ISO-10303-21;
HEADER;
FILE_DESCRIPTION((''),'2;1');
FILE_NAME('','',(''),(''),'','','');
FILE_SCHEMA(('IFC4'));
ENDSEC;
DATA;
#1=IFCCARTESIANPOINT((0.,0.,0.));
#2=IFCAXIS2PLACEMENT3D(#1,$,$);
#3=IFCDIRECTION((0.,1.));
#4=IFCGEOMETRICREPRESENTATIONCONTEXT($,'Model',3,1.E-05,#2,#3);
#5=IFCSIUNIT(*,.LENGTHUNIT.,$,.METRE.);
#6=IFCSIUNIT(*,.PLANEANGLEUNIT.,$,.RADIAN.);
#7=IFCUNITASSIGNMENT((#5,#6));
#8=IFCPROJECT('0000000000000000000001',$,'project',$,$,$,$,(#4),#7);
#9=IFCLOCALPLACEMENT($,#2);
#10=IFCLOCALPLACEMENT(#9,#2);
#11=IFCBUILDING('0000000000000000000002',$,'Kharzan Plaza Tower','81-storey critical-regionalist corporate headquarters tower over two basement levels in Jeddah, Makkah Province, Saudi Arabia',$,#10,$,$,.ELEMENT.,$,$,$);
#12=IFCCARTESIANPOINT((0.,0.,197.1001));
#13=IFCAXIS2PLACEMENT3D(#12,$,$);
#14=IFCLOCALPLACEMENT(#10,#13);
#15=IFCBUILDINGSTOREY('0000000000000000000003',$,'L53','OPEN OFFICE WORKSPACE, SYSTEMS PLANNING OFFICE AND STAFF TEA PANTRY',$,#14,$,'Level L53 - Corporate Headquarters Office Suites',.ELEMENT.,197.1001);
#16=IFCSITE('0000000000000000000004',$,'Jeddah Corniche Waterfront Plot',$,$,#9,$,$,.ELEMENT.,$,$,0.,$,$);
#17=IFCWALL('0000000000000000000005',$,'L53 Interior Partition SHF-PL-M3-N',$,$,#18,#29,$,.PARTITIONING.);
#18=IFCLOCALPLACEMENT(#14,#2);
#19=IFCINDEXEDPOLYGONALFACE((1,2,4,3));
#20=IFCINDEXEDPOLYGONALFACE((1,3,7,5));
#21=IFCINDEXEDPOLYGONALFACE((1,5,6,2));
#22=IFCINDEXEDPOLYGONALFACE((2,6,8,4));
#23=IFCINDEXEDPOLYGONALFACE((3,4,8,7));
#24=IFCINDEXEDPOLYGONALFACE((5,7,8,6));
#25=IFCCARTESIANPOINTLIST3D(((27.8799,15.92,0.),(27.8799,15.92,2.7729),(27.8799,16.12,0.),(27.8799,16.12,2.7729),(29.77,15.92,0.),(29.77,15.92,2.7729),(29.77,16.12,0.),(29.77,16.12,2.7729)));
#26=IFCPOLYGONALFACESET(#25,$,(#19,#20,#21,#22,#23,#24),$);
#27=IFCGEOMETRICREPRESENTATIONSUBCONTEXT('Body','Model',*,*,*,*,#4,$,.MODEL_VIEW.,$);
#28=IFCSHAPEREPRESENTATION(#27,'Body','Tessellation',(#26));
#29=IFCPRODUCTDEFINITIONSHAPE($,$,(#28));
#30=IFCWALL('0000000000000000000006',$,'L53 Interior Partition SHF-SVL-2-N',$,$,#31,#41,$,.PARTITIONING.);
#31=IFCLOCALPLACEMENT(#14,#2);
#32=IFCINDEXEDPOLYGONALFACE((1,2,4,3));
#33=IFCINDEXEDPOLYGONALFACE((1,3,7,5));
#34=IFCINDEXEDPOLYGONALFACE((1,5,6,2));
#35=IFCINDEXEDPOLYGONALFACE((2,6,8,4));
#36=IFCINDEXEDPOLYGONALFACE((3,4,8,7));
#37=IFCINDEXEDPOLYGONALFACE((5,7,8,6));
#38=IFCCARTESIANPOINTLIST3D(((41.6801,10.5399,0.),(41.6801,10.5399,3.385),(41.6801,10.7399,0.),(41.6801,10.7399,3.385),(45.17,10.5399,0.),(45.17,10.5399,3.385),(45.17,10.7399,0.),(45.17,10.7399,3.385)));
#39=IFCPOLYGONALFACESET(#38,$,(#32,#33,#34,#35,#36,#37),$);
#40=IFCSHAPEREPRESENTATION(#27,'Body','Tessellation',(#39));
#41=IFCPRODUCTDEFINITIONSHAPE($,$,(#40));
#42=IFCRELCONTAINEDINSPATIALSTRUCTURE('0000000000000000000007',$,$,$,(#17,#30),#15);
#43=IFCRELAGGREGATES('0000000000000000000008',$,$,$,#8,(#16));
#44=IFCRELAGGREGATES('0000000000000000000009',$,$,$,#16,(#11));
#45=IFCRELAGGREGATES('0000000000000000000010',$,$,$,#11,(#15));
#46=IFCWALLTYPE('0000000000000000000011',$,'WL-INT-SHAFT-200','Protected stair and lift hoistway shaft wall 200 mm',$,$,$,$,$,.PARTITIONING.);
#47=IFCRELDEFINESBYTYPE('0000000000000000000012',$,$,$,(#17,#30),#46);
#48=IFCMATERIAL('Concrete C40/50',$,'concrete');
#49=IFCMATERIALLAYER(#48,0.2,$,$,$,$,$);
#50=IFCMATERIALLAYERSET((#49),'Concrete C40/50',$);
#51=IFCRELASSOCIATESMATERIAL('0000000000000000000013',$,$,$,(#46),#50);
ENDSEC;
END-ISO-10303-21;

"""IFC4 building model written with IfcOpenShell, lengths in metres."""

from ifc_helpers import new_model, si_unit, direction, frame, frame_2d, origin, place, context, subcontext, project, spatial, rectangle, extrude, source, transform, mapped, material, layer, layer_set, type_object, element, save


model = new_model("IFC4")

# Units and contexts
model_context = context("Model", 3, precision=1e-05, world=origin(), true_north=direction((0.0, 1.0)))
body_context = subcontext(model_context, "Body", "Model", "MODEL_VIEW")
ifc_project = project(units=[si_unit("LENGTHUNIT", "METRE"), si_unit("PLANEANGLEUNIT", "RADIAN")], contexts=[model_context])

# Site, building, storey
site_placement = place(None, origin())
site = spatial("IfcSite", under=ifc_project, at=site_placement, Name="Jeddah Corniche Waterfront Plot", CompositionType="ELEMENT", RefElevation=0.0)
building_placement = place(site_placement, origin())
building = spatial("IfcBuilding", under=site, at=building_placement, Name="Kharzan Plaza Tower", Description="81-storey critical-regionalist corporate headquarters tower over two basement levels in Jeddah, Makkah Province, Saudi Arabia", CompositionType="ELEMENT")
storey_placement = place(building_placement, frame((0.0, 0.0, 197.1001)))
storey = spatial("IfcBuildingStorey", under=building, at=storey_placement, Name="L53", Description="OPEN OFFICE WORKSPACE, SYSTEMS PLANNING OFFICE AND STAFF TEA PANTRY", LongName="Level L53 - Corporate Headquarters Office Suites", CompositionType="ELEMENT", Elevation=197.1001)

# Shared definitions
ifc_material_1 = material(Name="Concrete C40/50", Category="concrete")

# Shared definitions
ifc_layer_1 = layer(ifc_material_1, 0.2)
ifc_layer_set_1 = layer_set([ifc_layer_1], Name="Concrete C40/50")
wall_type_1 = type_object("IfcWallType", Name="WL-INT-SHAFT-200", Description="Protected stair and lift hoistway shaft wall 200 mm", PredefinedType="PARTITIONING", material=ifc_layer_set_1)

# Walls
shared_shape_1 = source(origin(), body_context, "Body", "SweptSolid", [
    extrude(rectangle(XDim=1.8901, YDim=0.2, at=frame_2d((0.9451, 0.0))), origin(), (0.0, 0.0, 1.0), 2.7729),
])
wall_1_placement = place(storey_placement, frame((27.8799, 16.02, 0.0), z_axis=(0.0, 0.0, 1.0), x_axis=(1.0, 0.0, 0.0)))
element("IfcWall", 1, at=wall_1_placement, inside=storey, type_object=wall_type_1, Name="L53 Interior Partition SHF-PL-M3-N", PredefinedType="PARTITIONING", context=body_context, shape_type="MappedRepresentation", body=[
    mapped(shared_shape_1, transform((0.0, 0.0, 0.0), x_axis=(1.0, 0.0, 0.0), y_axis=(0.0, 1.0, 0.0), z_axis=(0.0, 0.0, 1.0))),
])
shared_shape_2 = source(origin(), body_context, "Body", "SweptSolid", [
    extrude(rectangle(XDim=3.49, YDim=0.2, at=frame_2d((1.7451, 0.0))), origin(), (0.0, 0.0, 1.0), 3.385),
])
wall_2_placement = place(storey_placement, frame((41.6799, 10.6399, 0.0), z_axis=(0.0, 0.0, 1.0), x_axis=(1.0, 0.0, 0.0)))
element("IfcWall", 2, at=wall_2_placement, inside=storey, type_object=wall_type_1, Name="L53 Interior Partition SHF-SVL-2-N", PredefinedType="PARTITIONING", context=body_context, shape_type="MappedRepresentation", body=[
    mapped(shared_shape_2, transform((0.0, 0.0, 0.0), x_axis=(1.0, 0.0, 0.0), y_axis=(0.0, 1.0, 0.0), z_axis=(0.0, 0.0, 1.0))),
])

save(model, "model.ifc")
